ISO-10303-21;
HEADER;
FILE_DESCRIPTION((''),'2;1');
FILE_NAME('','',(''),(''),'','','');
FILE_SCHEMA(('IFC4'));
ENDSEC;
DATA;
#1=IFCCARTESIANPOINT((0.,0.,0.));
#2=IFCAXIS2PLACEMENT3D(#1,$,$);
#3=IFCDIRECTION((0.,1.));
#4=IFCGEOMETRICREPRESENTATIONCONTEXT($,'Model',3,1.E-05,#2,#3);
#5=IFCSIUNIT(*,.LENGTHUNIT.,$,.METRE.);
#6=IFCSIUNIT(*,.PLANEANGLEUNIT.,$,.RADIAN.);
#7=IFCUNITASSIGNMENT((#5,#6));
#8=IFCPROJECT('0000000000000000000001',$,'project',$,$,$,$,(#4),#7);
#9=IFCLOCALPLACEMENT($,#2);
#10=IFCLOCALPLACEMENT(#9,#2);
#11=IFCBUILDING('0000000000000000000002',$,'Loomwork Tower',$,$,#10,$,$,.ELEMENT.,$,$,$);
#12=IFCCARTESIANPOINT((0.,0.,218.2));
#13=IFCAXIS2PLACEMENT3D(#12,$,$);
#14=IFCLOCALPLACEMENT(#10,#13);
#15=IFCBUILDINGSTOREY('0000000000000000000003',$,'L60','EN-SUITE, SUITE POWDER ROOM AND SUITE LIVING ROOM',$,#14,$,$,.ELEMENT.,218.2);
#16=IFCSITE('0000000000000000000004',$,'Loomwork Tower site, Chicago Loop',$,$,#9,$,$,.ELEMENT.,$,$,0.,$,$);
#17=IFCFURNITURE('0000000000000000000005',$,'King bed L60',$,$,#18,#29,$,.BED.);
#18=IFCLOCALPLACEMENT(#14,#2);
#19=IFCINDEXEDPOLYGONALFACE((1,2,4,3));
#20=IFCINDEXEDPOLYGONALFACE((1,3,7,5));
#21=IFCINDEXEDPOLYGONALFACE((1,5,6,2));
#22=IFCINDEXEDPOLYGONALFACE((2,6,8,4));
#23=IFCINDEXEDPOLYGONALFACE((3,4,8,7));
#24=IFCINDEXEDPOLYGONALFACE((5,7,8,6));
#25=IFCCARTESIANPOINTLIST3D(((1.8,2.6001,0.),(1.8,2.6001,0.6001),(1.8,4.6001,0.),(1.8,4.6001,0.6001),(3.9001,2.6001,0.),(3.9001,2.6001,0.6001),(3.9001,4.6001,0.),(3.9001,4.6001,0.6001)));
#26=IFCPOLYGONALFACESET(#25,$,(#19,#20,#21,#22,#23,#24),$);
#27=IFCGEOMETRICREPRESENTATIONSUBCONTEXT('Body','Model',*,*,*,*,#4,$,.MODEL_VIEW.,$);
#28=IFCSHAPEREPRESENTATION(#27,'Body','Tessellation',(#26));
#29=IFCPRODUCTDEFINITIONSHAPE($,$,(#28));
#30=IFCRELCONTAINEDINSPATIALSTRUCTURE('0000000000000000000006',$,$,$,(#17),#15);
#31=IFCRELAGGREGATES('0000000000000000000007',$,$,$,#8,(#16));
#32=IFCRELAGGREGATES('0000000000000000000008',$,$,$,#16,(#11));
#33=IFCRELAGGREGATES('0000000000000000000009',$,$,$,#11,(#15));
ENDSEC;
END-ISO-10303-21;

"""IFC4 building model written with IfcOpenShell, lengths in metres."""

from ifc_helpers import new_model, si_unit, direction, frame, origin, origin_2d, place, context, subcontext, project, spatial, rectangle, extrude, element, save


model = new_model("IFC4")

# Units and contexts
model_context = context("Model", 3, precision=1e-05, world=origin(), true_north=direction((0.0, 1.0)))
body_context = subcontext(model_context, "Body", "Model", "MODEL_VIEW")
ifc_project = project(units=[si_unit("LENGTHUNIT", "METRE"), si_unit("PLANEANGLEUNIT", "RADIAN")], contexts=[model_context])

# Site, building, storey
site_placement = place(None, origin())
site = spatial("IfcSite", under=ifc_project, at=site_placement, Name="Loomwork Tower site, Chicago Loop", CompositionType="ELEMENT", RefElevation=0.0)
building_placement = place(site_placement, origin())
building = spatial("IfcBuilding", under=site, at=building_placement, Name="Loomwork Tower", CompositionType="ELEMENT")
storey_placement = place(building_placement, frame((0.0, 0.0, 218.2)))
storey = spatial("IfcBuildingStorey", under=building, at=storey_placement, Name="L60", Description="EN-SUITE, SUITE POWDER ROOM AND SUITE LIVING ROOM", CompositionType="ELEMENT", Elevation=218.2)

# Furniture
furniture_placement = place(storey_placement, frame((2.8501, 3.6001, 0.0), z_axis=(0.0, 0.0, 1.0), x_axis=(1.0, 0.0, 0.0)))
element("IfcFurniture", 1, at=furniture_placement, inside=storey, Name="King bed L60", PredefinedType="BED", context=body_context, shape_type="SweptSolid", body=[
    extrude(rectangle(XDim=2.1001, YDim=2.0, at=origin_2d()), origin(), (0.0, 0.0, 1.0), 0.6001),
])

save(model, "model.ifc")
